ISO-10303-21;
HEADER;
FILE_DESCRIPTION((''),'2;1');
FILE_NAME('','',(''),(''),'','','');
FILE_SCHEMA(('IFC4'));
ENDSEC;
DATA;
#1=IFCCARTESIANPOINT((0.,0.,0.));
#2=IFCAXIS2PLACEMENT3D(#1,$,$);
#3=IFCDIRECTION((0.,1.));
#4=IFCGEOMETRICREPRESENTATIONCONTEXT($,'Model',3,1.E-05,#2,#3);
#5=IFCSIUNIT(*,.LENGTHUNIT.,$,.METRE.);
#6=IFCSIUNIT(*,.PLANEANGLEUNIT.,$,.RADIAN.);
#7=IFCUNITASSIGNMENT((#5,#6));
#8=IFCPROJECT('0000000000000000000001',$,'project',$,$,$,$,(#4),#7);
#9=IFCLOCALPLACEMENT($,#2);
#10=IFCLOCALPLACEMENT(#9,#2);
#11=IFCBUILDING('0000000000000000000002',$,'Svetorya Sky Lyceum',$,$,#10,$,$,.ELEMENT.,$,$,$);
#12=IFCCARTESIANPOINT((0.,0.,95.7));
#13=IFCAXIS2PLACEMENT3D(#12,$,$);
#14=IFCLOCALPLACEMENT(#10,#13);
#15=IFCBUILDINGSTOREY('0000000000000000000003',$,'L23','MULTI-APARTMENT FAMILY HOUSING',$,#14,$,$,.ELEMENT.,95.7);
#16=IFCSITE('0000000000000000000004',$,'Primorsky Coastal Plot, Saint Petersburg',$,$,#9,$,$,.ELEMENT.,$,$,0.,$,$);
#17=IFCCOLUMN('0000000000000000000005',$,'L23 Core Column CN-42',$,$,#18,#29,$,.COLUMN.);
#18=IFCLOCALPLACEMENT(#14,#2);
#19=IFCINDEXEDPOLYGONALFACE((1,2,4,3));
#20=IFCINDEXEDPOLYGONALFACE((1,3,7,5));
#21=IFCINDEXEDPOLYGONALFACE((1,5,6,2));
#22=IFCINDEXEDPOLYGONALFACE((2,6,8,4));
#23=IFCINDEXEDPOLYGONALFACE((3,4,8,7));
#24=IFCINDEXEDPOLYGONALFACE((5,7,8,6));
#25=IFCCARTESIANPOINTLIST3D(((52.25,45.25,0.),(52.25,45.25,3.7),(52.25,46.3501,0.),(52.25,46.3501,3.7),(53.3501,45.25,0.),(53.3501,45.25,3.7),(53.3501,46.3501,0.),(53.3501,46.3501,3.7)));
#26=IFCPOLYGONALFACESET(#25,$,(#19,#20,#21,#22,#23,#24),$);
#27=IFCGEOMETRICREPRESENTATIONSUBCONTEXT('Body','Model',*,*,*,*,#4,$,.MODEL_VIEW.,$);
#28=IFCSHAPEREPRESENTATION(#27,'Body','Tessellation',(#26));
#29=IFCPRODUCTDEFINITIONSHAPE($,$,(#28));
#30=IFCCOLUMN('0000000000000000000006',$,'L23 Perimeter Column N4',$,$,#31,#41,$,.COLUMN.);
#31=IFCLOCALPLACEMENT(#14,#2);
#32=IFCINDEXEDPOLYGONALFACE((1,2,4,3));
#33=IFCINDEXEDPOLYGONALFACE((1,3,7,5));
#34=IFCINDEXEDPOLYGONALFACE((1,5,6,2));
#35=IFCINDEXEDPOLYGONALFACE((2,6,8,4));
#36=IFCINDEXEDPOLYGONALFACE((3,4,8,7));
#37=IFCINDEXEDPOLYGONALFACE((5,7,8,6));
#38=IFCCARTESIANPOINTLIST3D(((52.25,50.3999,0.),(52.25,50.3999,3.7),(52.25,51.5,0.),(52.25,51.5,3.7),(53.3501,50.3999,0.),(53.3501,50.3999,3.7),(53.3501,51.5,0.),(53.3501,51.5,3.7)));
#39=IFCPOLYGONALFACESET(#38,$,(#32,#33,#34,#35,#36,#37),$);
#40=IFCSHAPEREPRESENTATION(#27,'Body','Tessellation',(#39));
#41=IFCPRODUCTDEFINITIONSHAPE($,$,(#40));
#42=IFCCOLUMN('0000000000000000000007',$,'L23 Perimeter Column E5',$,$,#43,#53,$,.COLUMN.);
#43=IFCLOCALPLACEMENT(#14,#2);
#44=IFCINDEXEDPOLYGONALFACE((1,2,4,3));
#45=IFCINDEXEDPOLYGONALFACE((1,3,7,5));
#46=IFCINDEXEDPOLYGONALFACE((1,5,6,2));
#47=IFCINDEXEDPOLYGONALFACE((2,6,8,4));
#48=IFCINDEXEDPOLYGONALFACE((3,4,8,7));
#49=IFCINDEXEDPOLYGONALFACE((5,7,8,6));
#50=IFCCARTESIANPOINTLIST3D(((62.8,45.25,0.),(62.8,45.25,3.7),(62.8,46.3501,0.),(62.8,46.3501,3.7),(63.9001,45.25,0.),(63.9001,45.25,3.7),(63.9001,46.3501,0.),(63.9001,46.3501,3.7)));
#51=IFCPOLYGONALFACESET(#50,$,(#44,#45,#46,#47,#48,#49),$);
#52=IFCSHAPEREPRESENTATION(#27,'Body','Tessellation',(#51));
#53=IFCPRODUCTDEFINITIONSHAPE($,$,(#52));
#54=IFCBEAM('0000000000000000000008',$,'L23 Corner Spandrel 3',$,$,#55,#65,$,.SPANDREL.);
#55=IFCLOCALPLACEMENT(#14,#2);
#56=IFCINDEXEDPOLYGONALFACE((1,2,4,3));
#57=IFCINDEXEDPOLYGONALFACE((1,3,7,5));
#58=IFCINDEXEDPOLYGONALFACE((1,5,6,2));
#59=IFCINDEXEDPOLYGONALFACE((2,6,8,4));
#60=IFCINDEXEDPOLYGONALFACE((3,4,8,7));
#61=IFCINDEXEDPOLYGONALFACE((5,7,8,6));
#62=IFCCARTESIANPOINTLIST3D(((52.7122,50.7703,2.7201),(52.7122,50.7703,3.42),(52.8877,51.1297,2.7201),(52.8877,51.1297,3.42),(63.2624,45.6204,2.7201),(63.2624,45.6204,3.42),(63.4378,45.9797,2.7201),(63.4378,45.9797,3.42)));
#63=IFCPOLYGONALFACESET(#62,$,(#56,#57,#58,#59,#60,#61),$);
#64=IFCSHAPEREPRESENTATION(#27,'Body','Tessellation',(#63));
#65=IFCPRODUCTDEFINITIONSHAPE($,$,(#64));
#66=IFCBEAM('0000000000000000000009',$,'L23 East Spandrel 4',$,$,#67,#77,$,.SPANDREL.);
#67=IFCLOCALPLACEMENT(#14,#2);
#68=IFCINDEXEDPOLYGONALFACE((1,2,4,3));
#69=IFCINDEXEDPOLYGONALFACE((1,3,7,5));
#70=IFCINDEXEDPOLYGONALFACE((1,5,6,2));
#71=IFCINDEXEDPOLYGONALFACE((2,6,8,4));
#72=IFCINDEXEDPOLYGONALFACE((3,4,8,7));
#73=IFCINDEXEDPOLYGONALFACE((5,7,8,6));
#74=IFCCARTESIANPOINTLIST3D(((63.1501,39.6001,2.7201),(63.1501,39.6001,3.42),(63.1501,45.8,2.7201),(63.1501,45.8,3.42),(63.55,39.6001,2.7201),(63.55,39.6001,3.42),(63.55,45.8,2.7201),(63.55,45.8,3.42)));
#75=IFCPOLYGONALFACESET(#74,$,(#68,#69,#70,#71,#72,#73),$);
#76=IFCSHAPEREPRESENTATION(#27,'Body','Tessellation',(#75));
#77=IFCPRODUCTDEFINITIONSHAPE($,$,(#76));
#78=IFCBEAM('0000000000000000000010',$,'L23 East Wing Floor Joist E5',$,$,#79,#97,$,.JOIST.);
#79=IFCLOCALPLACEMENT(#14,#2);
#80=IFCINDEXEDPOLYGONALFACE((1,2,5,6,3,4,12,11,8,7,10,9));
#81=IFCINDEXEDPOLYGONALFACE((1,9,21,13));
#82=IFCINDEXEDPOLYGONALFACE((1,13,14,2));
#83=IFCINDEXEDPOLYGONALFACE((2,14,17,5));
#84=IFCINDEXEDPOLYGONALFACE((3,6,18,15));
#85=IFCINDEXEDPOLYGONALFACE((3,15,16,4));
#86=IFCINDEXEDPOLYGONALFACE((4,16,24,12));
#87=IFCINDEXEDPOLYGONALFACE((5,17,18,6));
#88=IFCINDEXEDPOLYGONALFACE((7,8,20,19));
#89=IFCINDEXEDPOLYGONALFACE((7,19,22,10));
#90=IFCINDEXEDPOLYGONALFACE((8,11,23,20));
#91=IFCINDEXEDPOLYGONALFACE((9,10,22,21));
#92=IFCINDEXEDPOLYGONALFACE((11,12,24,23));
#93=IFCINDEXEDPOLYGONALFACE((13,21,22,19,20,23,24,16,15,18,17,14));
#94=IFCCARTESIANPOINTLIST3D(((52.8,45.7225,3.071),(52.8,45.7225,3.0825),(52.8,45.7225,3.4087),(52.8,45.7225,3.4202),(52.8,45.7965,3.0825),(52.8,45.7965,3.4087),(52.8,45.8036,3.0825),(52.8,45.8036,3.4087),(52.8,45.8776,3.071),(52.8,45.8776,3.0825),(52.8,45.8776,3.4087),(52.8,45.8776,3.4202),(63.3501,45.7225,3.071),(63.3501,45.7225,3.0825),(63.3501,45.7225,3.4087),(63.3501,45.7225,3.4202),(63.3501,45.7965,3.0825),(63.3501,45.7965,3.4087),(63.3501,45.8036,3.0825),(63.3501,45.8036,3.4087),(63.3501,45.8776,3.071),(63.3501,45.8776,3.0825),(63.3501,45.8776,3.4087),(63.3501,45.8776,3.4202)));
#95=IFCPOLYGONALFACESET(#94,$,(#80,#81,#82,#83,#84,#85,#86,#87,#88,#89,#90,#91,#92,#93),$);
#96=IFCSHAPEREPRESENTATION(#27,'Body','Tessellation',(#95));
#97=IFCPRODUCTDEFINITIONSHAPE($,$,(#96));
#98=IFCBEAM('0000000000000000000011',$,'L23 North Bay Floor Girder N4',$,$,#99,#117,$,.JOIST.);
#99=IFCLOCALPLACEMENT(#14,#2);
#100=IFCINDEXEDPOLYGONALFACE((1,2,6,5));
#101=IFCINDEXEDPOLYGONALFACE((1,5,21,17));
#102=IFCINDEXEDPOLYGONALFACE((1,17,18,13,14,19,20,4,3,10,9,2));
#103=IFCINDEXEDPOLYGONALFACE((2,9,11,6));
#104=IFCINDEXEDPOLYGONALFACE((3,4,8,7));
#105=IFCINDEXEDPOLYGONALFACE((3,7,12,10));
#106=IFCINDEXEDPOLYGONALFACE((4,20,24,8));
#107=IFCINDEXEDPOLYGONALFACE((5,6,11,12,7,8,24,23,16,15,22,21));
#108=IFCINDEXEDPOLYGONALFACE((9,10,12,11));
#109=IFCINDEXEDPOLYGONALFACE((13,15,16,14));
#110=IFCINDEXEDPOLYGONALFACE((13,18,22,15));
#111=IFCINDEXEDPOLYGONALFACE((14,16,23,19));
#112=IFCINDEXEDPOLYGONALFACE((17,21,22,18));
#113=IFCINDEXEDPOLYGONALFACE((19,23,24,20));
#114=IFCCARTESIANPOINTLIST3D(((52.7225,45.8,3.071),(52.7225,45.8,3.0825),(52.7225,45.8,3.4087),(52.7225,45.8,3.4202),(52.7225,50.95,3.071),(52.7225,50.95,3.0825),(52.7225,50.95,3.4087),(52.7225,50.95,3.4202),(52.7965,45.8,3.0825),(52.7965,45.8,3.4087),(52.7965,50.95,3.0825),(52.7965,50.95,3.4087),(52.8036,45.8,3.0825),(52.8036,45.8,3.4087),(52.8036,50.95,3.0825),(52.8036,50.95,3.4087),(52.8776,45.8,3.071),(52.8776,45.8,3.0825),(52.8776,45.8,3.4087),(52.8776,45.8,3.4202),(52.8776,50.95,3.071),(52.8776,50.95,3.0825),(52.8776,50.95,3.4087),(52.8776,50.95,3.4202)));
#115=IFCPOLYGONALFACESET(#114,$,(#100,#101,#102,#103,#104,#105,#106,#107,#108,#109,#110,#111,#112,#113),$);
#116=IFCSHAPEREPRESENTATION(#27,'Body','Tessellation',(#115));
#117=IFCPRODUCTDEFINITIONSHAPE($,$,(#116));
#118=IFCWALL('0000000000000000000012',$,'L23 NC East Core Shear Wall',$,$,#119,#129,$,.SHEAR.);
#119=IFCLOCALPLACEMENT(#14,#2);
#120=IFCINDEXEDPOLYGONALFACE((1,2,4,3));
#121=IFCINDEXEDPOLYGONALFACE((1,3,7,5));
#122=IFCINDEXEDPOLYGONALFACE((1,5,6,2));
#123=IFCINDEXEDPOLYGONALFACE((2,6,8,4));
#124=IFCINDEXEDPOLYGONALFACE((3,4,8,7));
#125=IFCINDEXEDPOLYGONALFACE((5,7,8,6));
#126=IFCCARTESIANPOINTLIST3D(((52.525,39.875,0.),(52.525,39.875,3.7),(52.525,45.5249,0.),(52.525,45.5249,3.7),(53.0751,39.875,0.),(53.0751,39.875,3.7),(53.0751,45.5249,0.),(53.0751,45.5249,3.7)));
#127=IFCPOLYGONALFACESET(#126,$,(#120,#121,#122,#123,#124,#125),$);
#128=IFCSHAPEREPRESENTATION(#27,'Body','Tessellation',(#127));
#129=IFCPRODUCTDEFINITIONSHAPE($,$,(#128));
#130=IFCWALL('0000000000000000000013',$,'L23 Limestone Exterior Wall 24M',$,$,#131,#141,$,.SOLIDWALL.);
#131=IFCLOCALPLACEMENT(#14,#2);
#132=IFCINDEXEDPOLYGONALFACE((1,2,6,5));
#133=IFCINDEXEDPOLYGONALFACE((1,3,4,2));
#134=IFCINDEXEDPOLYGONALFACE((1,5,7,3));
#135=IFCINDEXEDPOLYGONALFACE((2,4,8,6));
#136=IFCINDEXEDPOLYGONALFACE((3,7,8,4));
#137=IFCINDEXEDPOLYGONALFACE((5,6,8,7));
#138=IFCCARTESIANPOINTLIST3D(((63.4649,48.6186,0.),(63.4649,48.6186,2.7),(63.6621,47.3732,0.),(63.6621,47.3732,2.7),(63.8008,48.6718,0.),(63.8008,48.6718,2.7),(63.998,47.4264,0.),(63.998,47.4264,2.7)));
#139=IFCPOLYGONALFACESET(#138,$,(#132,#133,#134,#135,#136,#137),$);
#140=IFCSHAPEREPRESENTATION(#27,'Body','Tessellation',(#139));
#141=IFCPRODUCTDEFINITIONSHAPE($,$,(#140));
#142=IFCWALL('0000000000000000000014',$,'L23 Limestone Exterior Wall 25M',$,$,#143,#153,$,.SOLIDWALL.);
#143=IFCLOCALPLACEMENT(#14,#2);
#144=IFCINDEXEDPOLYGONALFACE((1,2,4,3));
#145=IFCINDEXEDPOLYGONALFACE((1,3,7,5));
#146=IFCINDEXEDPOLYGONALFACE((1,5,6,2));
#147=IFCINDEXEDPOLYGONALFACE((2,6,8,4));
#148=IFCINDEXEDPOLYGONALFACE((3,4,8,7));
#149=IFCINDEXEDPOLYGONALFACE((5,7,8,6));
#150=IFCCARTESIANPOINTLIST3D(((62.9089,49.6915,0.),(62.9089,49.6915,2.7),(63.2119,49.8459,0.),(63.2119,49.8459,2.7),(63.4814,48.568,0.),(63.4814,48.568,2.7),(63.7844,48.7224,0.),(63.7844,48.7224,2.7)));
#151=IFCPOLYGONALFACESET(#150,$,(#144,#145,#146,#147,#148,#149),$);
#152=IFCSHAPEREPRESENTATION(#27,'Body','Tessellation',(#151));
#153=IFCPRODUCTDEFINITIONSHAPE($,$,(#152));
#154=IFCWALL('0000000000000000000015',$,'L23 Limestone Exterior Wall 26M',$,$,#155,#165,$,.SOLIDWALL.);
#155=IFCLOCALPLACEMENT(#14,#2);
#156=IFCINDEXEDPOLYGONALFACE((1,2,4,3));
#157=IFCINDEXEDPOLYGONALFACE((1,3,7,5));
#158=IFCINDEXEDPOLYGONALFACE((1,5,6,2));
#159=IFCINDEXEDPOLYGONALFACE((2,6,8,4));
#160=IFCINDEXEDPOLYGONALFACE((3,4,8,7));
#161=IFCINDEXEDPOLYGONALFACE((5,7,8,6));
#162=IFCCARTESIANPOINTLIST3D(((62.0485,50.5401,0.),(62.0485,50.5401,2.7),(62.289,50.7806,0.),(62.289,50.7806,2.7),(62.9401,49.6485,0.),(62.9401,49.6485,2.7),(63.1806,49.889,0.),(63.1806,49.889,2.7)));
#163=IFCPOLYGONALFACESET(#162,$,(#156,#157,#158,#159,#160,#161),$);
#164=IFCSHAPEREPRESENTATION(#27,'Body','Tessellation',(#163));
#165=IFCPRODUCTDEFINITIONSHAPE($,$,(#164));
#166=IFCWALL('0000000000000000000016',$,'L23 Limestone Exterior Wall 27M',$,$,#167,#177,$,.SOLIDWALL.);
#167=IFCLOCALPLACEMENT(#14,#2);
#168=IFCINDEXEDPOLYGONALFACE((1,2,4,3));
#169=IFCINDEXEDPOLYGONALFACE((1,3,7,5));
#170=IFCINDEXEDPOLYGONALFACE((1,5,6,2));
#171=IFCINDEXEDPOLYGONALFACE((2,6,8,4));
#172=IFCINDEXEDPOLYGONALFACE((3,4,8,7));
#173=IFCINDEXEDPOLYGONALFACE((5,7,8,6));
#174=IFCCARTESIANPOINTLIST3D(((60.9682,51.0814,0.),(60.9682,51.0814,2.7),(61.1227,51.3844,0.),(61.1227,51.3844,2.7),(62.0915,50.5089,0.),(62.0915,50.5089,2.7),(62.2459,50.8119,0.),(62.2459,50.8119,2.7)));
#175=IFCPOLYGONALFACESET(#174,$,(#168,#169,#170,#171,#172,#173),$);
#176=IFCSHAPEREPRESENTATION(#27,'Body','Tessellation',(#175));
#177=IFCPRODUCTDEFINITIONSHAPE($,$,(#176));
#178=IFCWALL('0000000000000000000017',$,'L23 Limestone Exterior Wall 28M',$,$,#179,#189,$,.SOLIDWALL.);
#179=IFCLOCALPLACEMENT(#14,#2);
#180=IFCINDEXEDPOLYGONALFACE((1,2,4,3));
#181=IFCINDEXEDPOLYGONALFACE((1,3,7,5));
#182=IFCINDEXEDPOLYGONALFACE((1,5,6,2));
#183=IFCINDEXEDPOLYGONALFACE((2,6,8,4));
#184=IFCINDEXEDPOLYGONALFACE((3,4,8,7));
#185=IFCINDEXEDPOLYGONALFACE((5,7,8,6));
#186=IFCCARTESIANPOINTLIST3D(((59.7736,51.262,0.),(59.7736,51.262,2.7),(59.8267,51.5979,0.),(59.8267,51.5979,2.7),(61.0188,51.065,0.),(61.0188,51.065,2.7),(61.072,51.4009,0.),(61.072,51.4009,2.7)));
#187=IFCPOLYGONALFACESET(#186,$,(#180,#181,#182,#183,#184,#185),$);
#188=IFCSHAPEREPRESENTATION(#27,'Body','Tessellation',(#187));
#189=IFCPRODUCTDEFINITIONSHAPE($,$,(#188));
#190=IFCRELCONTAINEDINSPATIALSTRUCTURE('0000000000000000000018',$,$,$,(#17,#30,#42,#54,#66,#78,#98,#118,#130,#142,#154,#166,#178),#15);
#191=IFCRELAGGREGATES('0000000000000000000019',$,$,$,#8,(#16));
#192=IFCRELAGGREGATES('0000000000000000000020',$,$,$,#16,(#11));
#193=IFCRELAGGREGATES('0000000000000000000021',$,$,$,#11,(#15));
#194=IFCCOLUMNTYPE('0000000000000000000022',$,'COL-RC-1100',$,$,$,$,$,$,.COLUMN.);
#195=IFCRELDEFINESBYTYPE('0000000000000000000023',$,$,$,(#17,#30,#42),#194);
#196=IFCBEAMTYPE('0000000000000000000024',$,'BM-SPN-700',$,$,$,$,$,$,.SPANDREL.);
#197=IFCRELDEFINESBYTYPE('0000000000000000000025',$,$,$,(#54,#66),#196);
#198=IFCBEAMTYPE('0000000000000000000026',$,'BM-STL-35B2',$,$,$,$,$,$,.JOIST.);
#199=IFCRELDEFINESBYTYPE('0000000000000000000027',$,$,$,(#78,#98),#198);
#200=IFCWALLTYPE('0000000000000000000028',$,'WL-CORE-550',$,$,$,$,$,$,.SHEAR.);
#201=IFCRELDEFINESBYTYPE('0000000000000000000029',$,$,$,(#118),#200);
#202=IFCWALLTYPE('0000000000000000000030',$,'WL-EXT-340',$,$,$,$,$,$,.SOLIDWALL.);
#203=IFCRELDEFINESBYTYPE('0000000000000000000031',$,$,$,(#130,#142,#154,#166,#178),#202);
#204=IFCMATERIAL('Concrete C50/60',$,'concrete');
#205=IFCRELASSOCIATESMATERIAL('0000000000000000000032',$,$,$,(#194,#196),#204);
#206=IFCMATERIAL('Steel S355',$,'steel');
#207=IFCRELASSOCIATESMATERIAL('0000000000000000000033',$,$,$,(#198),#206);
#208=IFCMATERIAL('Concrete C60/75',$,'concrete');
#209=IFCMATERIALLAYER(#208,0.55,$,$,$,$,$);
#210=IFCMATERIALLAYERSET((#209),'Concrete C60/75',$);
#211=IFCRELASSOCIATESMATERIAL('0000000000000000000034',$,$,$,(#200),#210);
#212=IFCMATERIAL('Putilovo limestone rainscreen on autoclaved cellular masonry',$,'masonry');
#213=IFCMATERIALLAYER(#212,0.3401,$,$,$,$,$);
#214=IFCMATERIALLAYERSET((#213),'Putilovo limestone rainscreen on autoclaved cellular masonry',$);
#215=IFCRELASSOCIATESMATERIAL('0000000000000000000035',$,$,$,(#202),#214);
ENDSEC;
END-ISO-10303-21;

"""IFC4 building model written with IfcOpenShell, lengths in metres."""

from ifc_helpers import new_model, si_unit, direction, frame, frame_2d, origin, origin_2d, place, context, subcontext, project, spatial, rectangle, i_section, extrude, material, layer, layer_set, material_profile, profile_set, type_object, element, save


model = new_model("IFC4")

# Units and contexts
model_context = context("Model", 3, precision=1e-05, world=origin(), true_north=direction((0.0, 1.0)))
body_context = subcontext(model_context, "Body", "Model", "MODEL_VIEW")
ifc_project = project(units=[si_unit("LENGTHUNIT", "METRE"), si_unit("PLANEANGLEUNIT", "RADIAN")], contexts=[model_context])

# Site, building, storey
site_placement = place(None, origin())
site = spatial("IfcSite", under=ifc_project, at=site_placement, Name="Primorsky Coastal Plot, Saint Petersburg", CompositionType="ELEMENT", RefElevation=0.0)
building_placement = place(site_placement, origin())
building = spatial("IfcBuilding", under=site, at=building_placement, Name="Svetorya Sky Lyceum", CompositionType="ELEMENT")
storey_placement = place(building_placement, frame((0.0, 0.0, 95.7)))
storey = spatial("IfcBuildingStorey", under=building, at=storey_placement, Name="L23", Description="MULTI-APARTMENT FAMILY HOUSING", CompositionType="ELEMENT", Elevation=95.7)

# Columns
ifc_material_1 = material(Name="Concrete C50/60", Category="concrete")
ifc_material_profile_1 = material_profile(ifc_material_1, rectangle(XDim=1.1001, YDim=1.1001, at=origin_2d()), Name="RC COL 1100x1100")
ifc_profile_set_1 = profile_set([ifc_material_profile_1], Name="Concrete C50/60")
column_type = type_object("IfcColumnType", Name="COL-RC-1100", PredefinedType="COLUMN", material=ifc_profile_set_1)
for number, where, z_axis, x_axis, name in (
    (1, (52.8, 45.8, 0.0), (0.0, 0.0, 1.0), (1.0, 0.0, 0.0), "L23 Core Column CN-42"),
    (2, (52.8, 50.95, 0.0), (0.0, 0.0, 1.0), (1.0, 0.0, 0.0), "L23 Perimeter Column N4"),
    (3, (63.3501, 45.8, 0.0), (0.0, 0.0, 1.0), (1.0, 0.0, 0.0), "L23 Perimeter Column E5"),
):
    element("IfcColumn", number, at=place(storey_placement, frame(where, z_axis=z_axis, x_axis=x_axis)), inside=storey, type_object=column_type, Name=name, PredefinedType="COLUMN", context=body_context, shape_type="SweptSolid", body=[
        extrude(rectangle(XDim=1.1001, YDim=1.1001, at=origin_2d()), origin(), (0.0, 0.0, 1.0), 3.7),
    ])

# Beams
ifc_material_profile_2 = material_profile(ifc_material_1, rectangle(XDim=0.3999, YDim=0.7, at=origin_2d()), Name="RC SPANDREL 400x700")
ifc_profile_set_2 = profile_set([ifc_material_profile_2], Name="Concrete C50/60")
beam_type_1 = type_object("IfcBeamType", Name="BM-SPN-700", PredefinedType="SPANDREL", material=ifc_profile_set_2)
beam_1_placement = place(storey_placement, frame((63.3501, 45.8, 3.0701), z_axis=(-0.89865, 0.438667, 0.0), x_axis=(-0.438667, -0.89865, 0.0)))
element("IfcBeam", 4, at=beam_1_placement, inside=storey, type_object=beam_type_1, Name="L23 Corner Spandrel 3", PredefinedType="SPANDREL", context=body_context, shape_type="SweptSolid", body=[
    extrude(rectangle(XDim=0.3999, YDim=0.7, at=origin_2d()), origin(), (0.0, 0.0, 1.0), 11.74),
])
beam_2_placement = place(storey_placement, frame((63.3501, 39.6001, 3.0701), z_axis=(0.0, 1.0, 0.0), x_axis=(-1.0, 0.0, 0.0)))
element("IfcBeam", 5, at=beam_2_placement, inside=storey, type_object=beam_type_1, Name="L23 East Spandrel 4", PredefinedType="SPANDREL", context=body_context, shape_type="SweptSolid", body=[
    extrude(rectangle(XDim=0.3999, YDim=0.7, at=origin_2d()), origin(), (0.0, 0.0, 1.0), 6.2),
])
ifc_material_2 = material(Name="Steel S355", Category="steel")
ifc_material_profile_3 = material_profile(ifc_material_2, i_section(OverallWidth=0.155, OverallDepth=0.3491, WebThickness=0.0071, FlangeThickness=0.0115, at=origin_2d()), Name="GOST 35B2")
ifc_profile_set_3 = profile_set([ifc_material_profile_3], Name="Steel S355")
beam_type_2 = type_object("IfcBeamType", Name="BM-STL-35B2", PredefinedType="JOIST", material=ifc_profile_set_3)
beam_3_placement = place(storey_placement, frame((52.8, 45.8, 3.2456), z_axis=(1.0, 0.0, 0.0), x_axis=(0.0, 1.0, 0.0)))
element("IfcBeam", 6, at=beam_3_placement, inside=storey, type_object=beam_type_2, Name="L23 East Wing Floor Joist E5", PredefinedType="JOIST", context=body_context, shape_type="SweptSolid", body=[
    extrude(i_section(OverallWidth=0.155, OverallDepth=0.3491, WebThickness=0.0071, FlangeThickness=0.0115, at=origin_2d()), origin(), (0.0, 0.0, 1.0), 10.55),
])
beam_4_placement = place(storey_placement, frame((52.8, 45.8, 3.2456), z_axis=(0.0, 1.0, 0.0), x_axis=(-1.0, 0.0, 0.0)))
element("IfcBeam", 7, at=beam_4_placement, inside=storey, type_object=beam_type_2, Name="L23 North Bay Floor Girder N4", PredefinedType="JOIST", context=body_context, shape_type="SweptSolid", body=[
    extrude(i_section(OverallWidth=0.155, OverallDepth=0.3491, WebThickness=0.0071, FlangeThickness=0.0115, at=origin_2d()), origin(), (0.0, 0.0, 1.0), 5.1499),
])

# Walls
ifc_material_3 = material(Name="Concrete C60/75", Category="concrete")
ifc_layer_1 = layer(ifc_material_3, 0.55)
ifc_layer_set_1 = layer_set([ifc_layer_1], Name="Concrete C60/75")
wall_type_1 = type_object("IfcWallType", Name="WL-CORE-550", PredefinedType="SHEAR", material=ifc_layer_set_1)
wall_1_placement = place(storey_placement, frame((52.8, 39.875, 0.0), z_axis=(0.0, 0.0, 1.0), x_axis=(0.0, 1.0, 0.0)))
element("IfcWall", 8, at=wall_1_placement, inside=storey, type_object=wall_type_1, Name="L23 NC East Core Shear Wall", PredefinedType="SHEAR", context=body_context, shape_type="SweptSolid", body=[
    extrude(rectangle(XDim=5.6499, YDim=0.55, at=frame_2d((2.825, 0.0))), origin(), (0.0, 0.0, 1.0), 3.7),
])
ifc_material_4 = material(Name="Putilovo limestone rainscreen on autoclaved cellular masonry", Category="masonry")
ifc_layer_2 = layer(ifc_material_4, 0.3401)
ifc_layer_set_2 = layer_set([ifc_layer_2], Name="Putilovo limestone rainscreen on autoclaved cellular masonry")
wall_type_2 = type_object("IfcWallType", Name="WL-EXT-340", PredefinedType="SOLIDWALL", material=ifc_layer_set_2)
for number, where, z_axis, x_axis, name in (
    (9, (63.8301, 47.3999, 0.0), (0.0, 0.0, 1.0), (-0.15645, 0.987686, 0.0), "L23 Limestone Exterior Wall 24M"),
    (10, (63.6328, 48.6453, 0.0), (0.0, 0.0, 1.0), (-0.454016, 0.890994, 0.0), "L23 Limestone Exterior Wall 25M"),
    (11, (63.0603, 49.7688, 0.0), (0.0, 0.0, 1.0), (-0.707107, 0.707107, 0.0), "L23 Limestone Exterior Wall 26M"),
):
    element("IfcWall", number, at=place(storey_placement, frame(where, z_axis=z_axis, x_axis=x_axis)), inside=storey, type_object=wall_type_2, Name=name, PredefinedType="SOLIDWALL", context=body_context, shape_type="SweptSolid", body=[
        extrude(rectangle(XDim=1.261, YDim=0.3401, at=frame_2d((0.6304, 0.0))), origin(), (0.0, 0.0, 1.0), 2.7),
    ])
for number, where, z_axis, x_axis, name in (
    (12, (62.1687, 50.6604, 0.0), (0.0, 0.0, 1.0), (-0.890954, 0.454094, 0.0), "L23 Limestone Exterior Wall 27M"),
    (13, (61.0454, 51.2329, 0.0), (0.0, 0.0, 1.0), (-0.987716, 0.156261, 0.0), "L23 Limestone Exterior Wall 28M"),
):
    element("IfcWall", number, at=place(storey_placement, frame(where, z_axis=z_axis, x_axis=x_axis)), inside=storey, type_object=wall_type_2, Name=name, PredefinedType="SOLIDWALL", context=body_context, shape_type="SweptSolid", body=[
        extrude(rectangle(XDim=1.2607, YDim=0.3401, at=frame_2d((0.6304, 0.0))), origin(), (0.0, 0.0, 1.0), 2.7),
    ])

save(model, "model.ifc")
